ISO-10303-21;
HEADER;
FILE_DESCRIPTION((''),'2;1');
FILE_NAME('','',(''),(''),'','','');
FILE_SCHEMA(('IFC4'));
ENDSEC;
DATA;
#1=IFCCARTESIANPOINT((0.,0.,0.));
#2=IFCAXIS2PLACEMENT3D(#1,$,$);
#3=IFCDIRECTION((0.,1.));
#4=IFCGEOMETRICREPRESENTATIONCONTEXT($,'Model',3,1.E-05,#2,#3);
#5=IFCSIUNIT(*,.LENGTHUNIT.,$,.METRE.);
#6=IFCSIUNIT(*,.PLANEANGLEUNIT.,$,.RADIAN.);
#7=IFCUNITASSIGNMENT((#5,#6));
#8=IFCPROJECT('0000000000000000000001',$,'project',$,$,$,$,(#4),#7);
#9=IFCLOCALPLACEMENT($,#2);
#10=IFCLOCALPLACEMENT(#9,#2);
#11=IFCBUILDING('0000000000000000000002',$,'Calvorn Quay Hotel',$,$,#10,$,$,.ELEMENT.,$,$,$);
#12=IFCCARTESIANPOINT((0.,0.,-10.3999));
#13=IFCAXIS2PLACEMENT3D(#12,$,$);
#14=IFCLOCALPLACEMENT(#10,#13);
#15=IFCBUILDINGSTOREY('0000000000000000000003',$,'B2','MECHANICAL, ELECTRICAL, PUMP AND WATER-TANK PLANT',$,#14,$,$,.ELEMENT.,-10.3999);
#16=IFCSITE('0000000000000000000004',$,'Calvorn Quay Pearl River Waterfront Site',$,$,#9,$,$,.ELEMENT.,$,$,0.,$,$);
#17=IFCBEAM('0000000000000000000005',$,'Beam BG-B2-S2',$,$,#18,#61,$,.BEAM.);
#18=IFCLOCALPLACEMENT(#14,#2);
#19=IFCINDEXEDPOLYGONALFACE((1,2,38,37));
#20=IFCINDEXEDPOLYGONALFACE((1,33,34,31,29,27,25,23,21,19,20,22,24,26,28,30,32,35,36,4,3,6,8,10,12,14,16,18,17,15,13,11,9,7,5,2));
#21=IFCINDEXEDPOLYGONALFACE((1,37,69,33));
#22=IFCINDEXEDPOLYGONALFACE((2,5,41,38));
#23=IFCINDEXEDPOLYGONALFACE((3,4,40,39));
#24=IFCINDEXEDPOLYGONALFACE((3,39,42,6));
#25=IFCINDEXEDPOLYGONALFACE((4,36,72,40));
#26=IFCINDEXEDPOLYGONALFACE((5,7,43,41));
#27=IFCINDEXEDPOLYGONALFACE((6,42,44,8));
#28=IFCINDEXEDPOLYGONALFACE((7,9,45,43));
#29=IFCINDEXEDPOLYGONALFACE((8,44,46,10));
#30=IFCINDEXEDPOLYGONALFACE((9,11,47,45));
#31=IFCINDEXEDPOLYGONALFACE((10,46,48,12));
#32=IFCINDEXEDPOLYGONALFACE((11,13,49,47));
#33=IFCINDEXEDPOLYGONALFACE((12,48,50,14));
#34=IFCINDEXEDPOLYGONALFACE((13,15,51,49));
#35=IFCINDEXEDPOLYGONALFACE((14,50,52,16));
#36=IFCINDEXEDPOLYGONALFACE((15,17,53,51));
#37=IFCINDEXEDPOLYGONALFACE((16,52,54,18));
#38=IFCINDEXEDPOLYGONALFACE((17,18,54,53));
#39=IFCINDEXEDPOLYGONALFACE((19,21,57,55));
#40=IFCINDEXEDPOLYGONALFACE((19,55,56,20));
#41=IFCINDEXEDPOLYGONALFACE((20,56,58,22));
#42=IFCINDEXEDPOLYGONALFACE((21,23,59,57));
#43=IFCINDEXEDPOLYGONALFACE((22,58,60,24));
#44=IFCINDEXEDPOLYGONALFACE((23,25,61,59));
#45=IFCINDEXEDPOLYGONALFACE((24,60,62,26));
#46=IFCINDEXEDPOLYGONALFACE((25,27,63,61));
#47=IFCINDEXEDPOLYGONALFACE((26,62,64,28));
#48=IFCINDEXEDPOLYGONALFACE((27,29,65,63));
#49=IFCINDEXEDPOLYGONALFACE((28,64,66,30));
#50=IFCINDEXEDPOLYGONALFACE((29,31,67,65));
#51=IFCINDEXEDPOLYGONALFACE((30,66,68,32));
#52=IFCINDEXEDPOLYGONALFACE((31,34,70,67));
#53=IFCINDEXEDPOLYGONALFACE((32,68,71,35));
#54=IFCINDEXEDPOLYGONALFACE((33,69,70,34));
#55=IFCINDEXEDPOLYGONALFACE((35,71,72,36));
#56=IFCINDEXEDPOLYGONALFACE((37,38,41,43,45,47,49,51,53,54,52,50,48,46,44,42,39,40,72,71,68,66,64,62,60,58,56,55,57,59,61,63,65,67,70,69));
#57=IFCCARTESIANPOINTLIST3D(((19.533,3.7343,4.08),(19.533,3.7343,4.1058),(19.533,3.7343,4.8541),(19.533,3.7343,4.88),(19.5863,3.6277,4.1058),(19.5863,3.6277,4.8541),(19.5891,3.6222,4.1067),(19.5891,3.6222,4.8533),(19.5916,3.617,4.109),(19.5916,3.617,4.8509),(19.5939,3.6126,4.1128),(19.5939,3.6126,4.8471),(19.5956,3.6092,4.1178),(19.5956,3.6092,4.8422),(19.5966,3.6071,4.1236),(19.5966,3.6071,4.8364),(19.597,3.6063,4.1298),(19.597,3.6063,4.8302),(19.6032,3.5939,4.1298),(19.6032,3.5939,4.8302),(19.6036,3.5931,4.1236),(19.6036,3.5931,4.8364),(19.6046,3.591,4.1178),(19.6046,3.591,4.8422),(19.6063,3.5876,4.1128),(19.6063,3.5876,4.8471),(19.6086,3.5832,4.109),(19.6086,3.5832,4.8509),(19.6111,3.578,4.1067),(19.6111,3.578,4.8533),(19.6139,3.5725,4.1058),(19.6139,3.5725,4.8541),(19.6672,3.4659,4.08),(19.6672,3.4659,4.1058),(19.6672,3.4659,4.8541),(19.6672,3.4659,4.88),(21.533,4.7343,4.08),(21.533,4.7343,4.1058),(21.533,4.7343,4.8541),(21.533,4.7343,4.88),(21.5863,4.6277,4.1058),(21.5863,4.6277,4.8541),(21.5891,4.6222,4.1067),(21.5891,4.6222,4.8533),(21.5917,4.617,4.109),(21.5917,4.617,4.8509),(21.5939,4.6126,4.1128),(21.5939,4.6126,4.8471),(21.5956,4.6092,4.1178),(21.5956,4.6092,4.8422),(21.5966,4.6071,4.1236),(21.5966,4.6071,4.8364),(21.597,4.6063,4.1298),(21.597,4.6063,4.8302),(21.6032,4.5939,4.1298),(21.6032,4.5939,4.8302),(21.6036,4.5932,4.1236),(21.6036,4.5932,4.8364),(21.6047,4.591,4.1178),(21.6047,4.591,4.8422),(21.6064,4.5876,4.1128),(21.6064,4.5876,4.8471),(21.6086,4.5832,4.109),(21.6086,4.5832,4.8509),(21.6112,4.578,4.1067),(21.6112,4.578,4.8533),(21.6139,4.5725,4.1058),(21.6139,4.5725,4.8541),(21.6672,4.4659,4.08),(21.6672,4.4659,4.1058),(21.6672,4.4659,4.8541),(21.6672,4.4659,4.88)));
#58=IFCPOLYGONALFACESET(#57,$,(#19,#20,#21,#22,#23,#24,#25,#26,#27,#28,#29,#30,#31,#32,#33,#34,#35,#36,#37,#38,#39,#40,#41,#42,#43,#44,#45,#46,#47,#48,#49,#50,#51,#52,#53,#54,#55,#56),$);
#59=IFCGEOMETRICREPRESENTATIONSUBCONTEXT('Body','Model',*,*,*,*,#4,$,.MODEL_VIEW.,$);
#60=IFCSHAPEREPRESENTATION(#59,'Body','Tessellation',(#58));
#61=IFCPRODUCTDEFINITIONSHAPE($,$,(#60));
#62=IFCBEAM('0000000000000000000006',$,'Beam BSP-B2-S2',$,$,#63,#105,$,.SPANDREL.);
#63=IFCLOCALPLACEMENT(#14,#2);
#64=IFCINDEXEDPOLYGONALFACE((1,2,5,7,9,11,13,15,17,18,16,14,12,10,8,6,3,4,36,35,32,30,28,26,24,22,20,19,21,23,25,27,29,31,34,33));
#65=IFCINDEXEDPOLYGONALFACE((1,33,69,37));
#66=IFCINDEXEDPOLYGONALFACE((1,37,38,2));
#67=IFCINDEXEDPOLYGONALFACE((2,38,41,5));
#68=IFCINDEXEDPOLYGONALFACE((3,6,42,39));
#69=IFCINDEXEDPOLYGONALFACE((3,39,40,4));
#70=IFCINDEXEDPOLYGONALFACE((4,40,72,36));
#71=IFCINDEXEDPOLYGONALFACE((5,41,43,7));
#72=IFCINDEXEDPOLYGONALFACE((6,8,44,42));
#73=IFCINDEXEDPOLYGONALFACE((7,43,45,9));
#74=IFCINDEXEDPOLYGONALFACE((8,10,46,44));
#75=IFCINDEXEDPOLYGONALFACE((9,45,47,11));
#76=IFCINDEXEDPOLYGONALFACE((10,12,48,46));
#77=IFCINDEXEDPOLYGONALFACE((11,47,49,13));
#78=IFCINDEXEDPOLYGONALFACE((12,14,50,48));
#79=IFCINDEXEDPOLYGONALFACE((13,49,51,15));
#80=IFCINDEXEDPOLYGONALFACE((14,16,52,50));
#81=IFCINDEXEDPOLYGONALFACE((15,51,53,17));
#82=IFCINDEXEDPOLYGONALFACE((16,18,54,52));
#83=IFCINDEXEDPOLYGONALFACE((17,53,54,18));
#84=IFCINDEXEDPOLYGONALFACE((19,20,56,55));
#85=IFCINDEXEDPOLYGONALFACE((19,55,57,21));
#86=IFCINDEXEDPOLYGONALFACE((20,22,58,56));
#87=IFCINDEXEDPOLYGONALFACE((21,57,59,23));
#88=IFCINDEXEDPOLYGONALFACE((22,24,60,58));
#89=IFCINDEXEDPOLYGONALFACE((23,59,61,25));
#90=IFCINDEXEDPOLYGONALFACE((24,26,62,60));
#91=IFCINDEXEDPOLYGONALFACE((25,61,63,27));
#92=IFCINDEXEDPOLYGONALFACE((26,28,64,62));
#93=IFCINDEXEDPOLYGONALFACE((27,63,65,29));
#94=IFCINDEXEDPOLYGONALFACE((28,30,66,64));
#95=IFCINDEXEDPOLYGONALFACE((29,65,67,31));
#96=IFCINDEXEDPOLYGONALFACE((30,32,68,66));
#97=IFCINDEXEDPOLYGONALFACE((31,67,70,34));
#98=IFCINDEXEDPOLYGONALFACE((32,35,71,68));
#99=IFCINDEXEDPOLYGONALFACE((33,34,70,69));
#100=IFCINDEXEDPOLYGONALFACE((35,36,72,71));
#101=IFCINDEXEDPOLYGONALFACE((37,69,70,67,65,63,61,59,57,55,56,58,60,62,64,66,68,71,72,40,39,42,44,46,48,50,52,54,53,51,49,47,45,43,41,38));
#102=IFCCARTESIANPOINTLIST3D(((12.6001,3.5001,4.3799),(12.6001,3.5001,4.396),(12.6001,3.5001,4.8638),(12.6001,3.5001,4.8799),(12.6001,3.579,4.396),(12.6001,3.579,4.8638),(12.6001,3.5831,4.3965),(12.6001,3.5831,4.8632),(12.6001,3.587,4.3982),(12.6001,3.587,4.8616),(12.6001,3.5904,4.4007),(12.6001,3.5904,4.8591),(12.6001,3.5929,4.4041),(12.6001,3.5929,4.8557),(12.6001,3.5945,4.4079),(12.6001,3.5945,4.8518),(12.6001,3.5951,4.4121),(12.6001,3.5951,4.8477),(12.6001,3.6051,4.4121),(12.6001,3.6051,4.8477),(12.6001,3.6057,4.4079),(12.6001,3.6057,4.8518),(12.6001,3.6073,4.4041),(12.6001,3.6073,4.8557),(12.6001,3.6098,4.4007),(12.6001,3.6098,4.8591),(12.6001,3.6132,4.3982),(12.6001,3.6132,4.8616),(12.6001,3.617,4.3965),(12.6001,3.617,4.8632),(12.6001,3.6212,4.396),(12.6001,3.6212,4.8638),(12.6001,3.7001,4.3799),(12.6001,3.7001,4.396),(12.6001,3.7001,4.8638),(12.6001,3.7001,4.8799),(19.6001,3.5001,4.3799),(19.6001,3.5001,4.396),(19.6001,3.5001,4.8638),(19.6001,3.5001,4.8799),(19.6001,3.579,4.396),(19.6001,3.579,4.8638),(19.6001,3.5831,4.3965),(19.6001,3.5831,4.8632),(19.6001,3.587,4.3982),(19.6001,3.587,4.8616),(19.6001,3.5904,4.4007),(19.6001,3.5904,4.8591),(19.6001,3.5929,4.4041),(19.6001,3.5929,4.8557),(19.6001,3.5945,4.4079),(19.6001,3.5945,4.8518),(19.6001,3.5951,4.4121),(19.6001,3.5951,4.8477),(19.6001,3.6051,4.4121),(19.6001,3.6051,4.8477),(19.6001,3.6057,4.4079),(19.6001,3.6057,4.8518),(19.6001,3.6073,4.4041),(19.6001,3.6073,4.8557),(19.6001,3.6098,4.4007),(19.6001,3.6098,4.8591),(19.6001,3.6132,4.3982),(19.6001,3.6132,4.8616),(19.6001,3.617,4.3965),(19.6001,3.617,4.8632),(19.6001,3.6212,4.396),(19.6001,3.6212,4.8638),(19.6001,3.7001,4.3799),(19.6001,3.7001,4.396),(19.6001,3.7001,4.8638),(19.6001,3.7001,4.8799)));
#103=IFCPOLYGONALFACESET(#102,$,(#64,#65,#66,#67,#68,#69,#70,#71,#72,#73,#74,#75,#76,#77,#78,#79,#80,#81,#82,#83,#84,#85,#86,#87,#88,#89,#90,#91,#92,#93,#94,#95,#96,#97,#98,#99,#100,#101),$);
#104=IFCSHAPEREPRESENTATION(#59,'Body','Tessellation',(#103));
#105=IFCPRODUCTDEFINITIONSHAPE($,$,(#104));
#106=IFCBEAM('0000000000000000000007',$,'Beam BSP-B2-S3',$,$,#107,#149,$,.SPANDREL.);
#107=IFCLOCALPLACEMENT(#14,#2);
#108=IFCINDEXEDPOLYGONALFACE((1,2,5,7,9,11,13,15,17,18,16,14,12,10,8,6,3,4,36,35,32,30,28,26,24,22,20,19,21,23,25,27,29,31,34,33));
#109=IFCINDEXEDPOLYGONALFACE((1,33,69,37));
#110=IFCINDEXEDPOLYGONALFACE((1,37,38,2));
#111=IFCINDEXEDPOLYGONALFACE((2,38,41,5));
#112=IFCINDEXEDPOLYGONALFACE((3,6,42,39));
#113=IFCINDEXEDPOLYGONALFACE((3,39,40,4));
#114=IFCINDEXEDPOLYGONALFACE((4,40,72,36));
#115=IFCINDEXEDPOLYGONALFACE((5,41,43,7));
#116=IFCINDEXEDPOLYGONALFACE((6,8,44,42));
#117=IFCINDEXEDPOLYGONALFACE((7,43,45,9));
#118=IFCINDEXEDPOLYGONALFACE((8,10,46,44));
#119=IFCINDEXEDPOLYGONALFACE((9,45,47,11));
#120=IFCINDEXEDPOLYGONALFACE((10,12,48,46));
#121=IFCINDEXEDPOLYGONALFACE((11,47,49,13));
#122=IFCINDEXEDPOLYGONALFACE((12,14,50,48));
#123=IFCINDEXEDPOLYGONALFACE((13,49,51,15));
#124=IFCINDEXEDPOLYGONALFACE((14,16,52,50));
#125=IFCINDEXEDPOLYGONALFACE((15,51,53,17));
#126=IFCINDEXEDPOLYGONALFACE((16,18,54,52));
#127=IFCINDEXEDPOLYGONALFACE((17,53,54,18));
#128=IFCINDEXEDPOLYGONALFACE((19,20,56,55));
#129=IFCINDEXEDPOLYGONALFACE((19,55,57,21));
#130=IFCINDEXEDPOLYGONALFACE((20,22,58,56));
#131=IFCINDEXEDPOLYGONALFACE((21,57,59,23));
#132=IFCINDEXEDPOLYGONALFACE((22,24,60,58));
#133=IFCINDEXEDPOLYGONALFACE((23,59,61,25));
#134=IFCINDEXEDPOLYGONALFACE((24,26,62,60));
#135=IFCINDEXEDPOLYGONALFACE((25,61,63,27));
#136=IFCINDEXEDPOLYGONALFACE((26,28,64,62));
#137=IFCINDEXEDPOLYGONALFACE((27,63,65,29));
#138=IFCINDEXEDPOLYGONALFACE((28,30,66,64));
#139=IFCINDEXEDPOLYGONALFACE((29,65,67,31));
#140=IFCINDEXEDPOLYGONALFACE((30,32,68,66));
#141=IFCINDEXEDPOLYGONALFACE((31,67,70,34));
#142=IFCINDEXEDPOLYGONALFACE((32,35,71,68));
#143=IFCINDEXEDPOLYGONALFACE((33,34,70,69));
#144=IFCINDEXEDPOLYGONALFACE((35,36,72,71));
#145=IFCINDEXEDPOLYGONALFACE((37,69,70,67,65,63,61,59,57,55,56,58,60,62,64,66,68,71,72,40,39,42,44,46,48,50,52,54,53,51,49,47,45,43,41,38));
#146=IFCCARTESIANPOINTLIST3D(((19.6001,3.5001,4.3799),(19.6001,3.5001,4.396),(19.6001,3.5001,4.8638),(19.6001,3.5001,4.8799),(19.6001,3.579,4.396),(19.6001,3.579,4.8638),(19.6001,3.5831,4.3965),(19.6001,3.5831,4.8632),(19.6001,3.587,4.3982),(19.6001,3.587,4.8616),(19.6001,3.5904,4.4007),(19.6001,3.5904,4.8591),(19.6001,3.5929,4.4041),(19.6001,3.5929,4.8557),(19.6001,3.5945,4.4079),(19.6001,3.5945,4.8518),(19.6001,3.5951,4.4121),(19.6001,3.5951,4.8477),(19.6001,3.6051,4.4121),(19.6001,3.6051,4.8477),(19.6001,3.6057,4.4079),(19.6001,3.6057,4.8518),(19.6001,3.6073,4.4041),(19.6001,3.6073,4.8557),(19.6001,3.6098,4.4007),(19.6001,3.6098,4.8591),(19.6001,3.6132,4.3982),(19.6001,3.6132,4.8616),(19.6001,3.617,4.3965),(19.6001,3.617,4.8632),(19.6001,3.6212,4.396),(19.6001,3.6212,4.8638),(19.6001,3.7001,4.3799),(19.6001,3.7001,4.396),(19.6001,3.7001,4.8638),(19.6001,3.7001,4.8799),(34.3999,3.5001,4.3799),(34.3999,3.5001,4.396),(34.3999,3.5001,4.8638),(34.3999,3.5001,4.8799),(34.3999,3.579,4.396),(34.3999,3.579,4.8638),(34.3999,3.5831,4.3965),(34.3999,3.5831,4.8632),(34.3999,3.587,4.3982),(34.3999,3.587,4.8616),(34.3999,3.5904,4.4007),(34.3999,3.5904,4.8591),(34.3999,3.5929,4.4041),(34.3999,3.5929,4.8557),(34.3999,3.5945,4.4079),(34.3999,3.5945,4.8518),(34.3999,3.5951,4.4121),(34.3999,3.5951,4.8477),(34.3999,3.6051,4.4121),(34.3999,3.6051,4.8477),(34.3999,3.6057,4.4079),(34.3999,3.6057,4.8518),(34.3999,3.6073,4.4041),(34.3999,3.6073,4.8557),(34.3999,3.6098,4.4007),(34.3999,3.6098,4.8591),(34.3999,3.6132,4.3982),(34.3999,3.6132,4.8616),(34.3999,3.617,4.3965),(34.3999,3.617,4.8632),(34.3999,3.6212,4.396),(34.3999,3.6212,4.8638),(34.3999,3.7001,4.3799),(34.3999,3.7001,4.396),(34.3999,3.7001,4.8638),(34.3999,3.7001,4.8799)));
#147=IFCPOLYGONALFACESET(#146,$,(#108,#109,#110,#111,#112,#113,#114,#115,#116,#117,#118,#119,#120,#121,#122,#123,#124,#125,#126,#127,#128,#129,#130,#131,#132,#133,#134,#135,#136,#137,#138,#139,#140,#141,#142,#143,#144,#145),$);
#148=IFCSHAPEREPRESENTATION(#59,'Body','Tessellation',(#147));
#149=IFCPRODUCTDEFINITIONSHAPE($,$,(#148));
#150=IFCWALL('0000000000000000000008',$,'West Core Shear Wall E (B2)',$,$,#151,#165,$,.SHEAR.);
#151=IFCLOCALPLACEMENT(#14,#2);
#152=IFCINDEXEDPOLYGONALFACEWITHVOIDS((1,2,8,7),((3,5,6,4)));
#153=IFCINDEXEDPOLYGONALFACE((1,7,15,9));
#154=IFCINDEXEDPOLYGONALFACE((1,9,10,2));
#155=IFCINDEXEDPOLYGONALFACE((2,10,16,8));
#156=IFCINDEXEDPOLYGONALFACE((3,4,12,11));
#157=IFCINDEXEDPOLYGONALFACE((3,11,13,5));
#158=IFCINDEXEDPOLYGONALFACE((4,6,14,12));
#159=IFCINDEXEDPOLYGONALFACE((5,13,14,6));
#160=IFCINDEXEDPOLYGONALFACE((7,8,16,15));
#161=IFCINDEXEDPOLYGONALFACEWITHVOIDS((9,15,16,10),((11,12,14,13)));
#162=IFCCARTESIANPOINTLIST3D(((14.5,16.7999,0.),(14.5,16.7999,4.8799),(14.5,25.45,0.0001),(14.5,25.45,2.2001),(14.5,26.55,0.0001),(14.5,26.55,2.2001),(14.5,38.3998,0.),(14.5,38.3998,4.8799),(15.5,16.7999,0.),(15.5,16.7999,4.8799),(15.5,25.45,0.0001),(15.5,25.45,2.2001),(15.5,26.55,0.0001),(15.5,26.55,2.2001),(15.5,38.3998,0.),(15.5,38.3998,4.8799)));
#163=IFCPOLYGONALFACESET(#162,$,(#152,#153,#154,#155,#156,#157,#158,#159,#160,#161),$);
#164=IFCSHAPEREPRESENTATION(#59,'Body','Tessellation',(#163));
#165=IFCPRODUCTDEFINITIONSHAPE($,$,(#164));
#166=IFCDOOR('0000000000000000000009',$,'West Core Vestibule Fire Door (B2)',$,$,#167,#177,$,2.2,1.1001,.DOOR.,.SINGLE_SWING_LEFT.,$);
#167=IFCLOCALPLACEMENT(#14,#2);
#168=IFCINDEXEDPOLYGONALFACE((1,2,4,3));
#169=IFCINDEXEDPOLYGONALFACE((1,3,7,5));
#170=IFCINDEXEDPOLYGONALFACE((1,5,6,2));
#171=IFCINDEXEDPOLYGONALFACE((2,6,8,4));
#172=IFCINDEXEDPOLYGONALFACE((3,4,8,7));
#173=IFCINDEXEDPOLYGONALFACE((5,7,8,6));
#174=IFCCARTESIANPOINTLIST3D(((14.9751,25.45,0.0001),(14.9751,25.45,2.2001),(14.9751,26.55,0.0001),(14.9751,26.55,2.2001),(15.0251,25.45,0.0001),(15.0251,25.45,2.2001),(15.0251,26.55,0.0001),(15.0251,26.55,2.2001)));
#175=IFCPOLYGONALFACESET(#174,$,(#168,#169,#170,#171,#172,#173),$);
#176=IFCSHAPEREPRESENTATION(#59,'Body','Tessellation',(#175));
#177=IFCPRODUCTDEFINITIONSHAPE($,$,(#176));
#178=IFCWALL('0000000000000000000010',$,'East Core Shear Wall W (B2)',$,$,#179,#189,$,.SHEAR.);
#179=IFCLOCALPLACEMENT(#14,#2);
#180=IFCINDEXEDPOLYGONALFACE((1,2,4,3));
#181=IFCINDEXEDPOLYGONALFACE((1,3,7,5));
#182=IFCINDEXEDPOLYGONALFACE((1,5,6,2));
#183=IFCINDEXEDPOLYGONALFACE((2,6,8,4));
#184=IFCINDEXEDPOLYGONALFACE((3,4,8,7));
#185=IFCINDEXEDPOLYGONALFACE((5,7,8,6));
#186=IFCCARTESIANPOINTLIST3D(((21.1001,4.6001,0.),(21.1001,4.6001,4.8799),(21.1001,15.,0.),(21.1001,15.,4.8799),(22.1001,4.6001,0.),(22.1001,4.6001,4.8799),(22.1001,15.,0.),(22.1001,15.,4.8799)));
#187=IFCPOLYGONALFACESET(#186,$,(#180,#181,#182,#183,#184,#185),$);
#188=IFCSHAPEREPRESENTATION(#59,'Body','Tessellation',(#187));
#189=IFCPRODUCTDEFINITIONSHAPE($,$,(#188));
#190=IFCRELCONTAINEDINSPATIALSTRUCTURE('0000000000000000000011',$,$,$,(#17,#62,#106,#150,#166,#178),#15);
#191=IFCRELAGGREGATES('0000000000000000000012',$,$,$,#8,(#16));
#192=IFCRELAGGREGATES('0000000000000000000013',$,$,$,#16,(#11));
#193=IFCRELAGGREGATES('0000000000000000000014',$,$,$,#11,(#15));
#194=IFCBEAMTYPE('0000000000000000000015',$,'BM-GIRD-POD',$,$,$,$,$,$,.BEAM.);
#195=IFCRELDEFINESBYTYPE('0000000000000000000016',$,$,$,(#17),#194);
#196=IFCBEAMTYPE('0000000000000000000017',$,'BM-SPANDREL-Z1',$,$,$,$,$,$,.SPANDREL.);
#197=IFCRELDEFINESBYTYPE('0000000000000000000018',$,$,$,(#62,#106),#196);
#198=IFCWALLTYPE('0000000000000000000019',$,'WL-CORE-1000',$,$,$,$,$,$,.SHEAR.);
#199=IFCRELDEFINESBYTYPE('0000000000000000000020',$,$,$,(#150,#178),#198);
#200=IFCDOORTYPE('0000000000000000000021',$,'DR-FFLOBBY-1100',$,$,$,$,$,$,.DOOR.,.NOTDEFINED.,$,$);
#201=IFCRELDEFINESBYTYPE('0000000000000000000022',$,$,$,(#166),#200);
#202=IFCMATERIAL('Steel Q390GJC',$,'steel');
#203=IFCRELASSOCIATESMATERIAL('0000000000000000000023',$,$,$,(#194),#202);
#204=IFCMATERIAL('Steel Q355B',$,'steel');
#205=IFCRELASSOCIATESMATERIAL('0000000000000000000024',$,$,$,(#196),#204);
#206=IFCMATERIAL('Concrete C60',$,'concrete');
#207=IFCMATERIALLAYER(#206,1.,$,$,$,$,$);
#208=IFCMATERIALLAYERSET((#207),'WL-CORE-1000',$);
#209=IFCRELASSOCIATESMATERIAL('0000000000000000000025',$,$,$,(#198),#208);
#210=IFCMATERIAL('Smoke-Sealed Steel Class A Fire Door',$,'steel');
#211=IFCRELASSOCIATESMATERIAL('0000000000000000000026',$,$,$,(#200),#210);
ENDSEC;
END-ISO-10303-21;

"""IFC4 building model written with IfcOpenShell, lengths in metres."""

from ifc_helpers import new_model, si_unit, direction, frame, frame_2d, origin, origin_2d, place, context, subcontext, project, spatial, rectangle, i_section, extrude, material, layer, layer_set, material_profile, profile_set, type_object, element, fill, save


model = new_model("IFC4")

# Units and contexts
model_context = context("Model", 3, precision=1e-05, world=origin(), true_north=direction((0.0, 1.0)))
body_context = subcontext(model_context, "Body", "Model", "MODEL_VIEW")
ifc_project = project(units=[si_unit("LENGTHUNIT", "METRE"), si_unit("PLANEANGLEUNIT", "RADIAN")], contexts=[model_context])

# Site, building, storey
site_placement = place(None, origin())
site = spatial("IfcSite", under=ifc_project, at=site_placement, Name="Calvorn Quay Pearl River Waterfront Site", CompositionType="ELEMENT", RefElevation=0.0)
building_placement = place(site_placement, origin())
building = spatial("IfcBuilding", under=site, at=building_placement, Name="Calvorn Quay Hotel", CompositionType="ELEMENT")
storey_placement = place(building_placement, frame((0.0, 0.0, -10.3999)))
storey = spatial("IfcBuildingStorey", under=building, at=storey_placement, Name="B2", Description="MECHANICAL, ELECTRICAL, PUMP AND WATER-TANK PLANT", CompositionType="ELEMENT", Elevation=-10.3999)

# Beams
ifc_material_1 = material(Name="Steel Q390GJC", Category="steel")
ifc_material_profile_1 = material_profile(ifc_material_1, i_section(OverallWidth=0.3, OverallDepth=0.8, WebThickness=0.0139, FlangeThickness=0.0259, FilletRadius=0.0239, at=origin_2d()), Name="HN800x300x14x26")
ifc_profile_set_1 = profile_set([ifc_material_profile_1], Name="Steel Q390GJC")
beam_type_1 = type_object("IfcBeamType", Name="BM-GIRD-POD", PredefinedType="BEAM", material=ifc_profile_set_1)
beam_1_placement = place(storey_placement, frame((19.6001, 3.6001, 4.48), z_axis=(0.894427, 0.447214, 0.0), x_axis=(-0.447214, 0.894427, 0.0)))
element("IfcBeam", 1, at=beam_1_placement, inside=storey, type_object=beam_type_1, Name="Beam BG-B2-S2", PredefinedType="BEAM", context=body_context, shape_type="SweptSolid", body=[
    extrude(i_section(OverallWidth=0.3, OverallDepth=0.8, WebThickness=0.0139, FlangeThickness=0.0259, FilletRadius=0.0239, at=origin_2d()), origin(), (0.0, 0.0, 1.0), 2.2361),
])
ifc_material_2 = material(Name="Steel Q355B", Category="steel")
ifc_material_profile_2 = material_profile(ifc_material_2, i_section(OverallWidth=0.2, OverallDepth=0.5, WebThickness=0.01, FlangeThickness=0.0161, FilletRadius=0.0161, at=origin_2d()), Name="HN500x200x10x16")
ifc_profile_set_2 = profile_set([ifc_material_profile_2], Name="Steel Q355B")
beam_type_2 = type_object("IfcBeamType", Name="BM-SPANDREL-Z1", PredefinedType="SPANDREL", material=ifc_profile_set_2)
beam_2_placement = place(storey_placement, frame((12.6001, 3.6001, 4.6299), z_axis=(1.0, 0.0, 0.0), x_axis=(0.0, 1.0, 0.0)))
element("IfcBeam", 2, at=beam_2_placement, inside=storey, type_object=beam_type_2, Name="Beam BSP-B2-S2", PredefinedType="SPANDREL", context=body_context, shape_type="SweptSolid", body=[
    extrude(i_section(OverallWidth=0.2, OverallDepth=0.5, WebThickness=0.01, FlangeThickness=0.0161, FilletRadius=0.0161, at=origin_2d()), origin(), (0.0, 0.0, 1.0), 7.0),
])
beam_3_placement = place(storey_placement, frame((19.6001, 3.6001, 4.6299), z_axis=(1.0, 0.0, 0.0), x_axis=(0.0, 1.0, 0.0)))
element("IfcBeam", 3, at=beam_3_placement, inside=storey, type_object=beam_type_2, Name="Beam BSP-B2-S3", PredefinedType="SPANDREL", context=body_context, shape_type="SweptSolid", body=[
    extrude(i_section(OverallWidth=0.2, OverallDepth=0.5, WebThickness=0.01, FlangeThickness=0.0161, FilletRadius=0.0161, at=origin_2d()), origin(), (0.0, 0.0, 1.0), 14.7998),
])

# Wall, opening, door
ifc_material_3 = material(Name="Concrete C60", Category="concrete")
ifc_layer_1 = layer(ifc_material_3, 1.0)
ifc_layer_set_1 = layer_set([ifc_layer_1], Name="WL-CORE-1000")
wall_type_1 = type_object("IfcWallType", Name="WL-CORE-1000", PredefinedType="SHEAR", material=ifc_layer_set_1)
wall_1_placement = place(storey_placement, frame((15.0, 16.8, 0.0), z_axis=(0.0, 0.0, 1.0), x_axis=(0.0, 1.0, 0.0)))
wall_1 = element("IfcWall", 4, at=wall_1_placement, inside=storey, type_object=wall_type_1, Name="West Core Shear Wall E (B2)", PredefinedType="SHEAR", context=body_context, shape_type="SweptSolid", body=[
    extrude(rectangle(XDim=21.5999, YDim=1.0, at=frame_2d((10.7998, 0.0))), origin(), (0.0, 0.0, 1.0), 4.8799),
])
opening_1_placement = place(wall_1_placement, frame((8.6499, 0.0, 0.0)))
opening_1 = element("IfcOpeningElement", 5, at=opening_1_placement, cuts=wall_1, PredefinedType="OPENING", context=body_context, shape_type="SweptSolid", body=[
    extrude(rectangle(XDim=1.1001, YDim=2.2, at=frame_2d((0.55, 1.1001))), frame((0.0, 0.51, 0.0), z_axis=(0.0, -1.0, 0.0), x_axis=(1.0, 0.0, 0.0)), (0.0, 0.0, 1.0), 1.02),
])
ifc_material_4 = material(Name="Smoke-Sealed Steel Class A Fire Door", Category="steel")
door_type = type_object("IfcDoorType", Name="DR-FFLOBBY-1100", OperationType="NOTDEFINED", PredefinedType="DOOR", material=ifc_material_4)
door_1_placement = place(opening_1_placement, origin())
door_1 = element("IfcDoor", 6, at=door_1_placement, inside=storey, type_object=door_type, Name="West Core Vestibule Fire Door (B2)", OperationType="SINGLE_SWING_LEFT", OverallHeight=2.2, OverallWidth=1.1001, PredefinedType="DOOR", context=body_context, shape_type="SweptSolid", body=[
    extrude(rectangle(XDim=1.1001, YDim=2.2, at=frame_2d((0.55, 1.1001))), frame((0.0, 0.0249, 0.0), z_axis=(0.0, -1.0, 0.0), x_axis=(1.0, 0.0, 0.0)), (0.0, 0.0, 1.0), 0.05),
])
fill(opening_1, door_1)

# Wall
wall_2_placement = place(storey_placement, frame((21.6001, 4.6001, 0.0), z_axis=(0.0, 0.0, 1.0), x_axis=(0.0, 1.0, 0.0)))
element("IfcWall", 7, at=wall_2_placement, inside=storey, type_object=wall_type_1, Name="East Core Shear Wall W (B2)", PredefinedType="SHEAR", context=body_context, shape_type="SweptSolid", body=[
    extrude(rectangle(XDim=10.3999, YDim=1.0, at=frame_2d((5.2, 0.0))), origin(), (0.0, 0.0, 1.0), 4.8799),
])

save(model, "model.ifc")
